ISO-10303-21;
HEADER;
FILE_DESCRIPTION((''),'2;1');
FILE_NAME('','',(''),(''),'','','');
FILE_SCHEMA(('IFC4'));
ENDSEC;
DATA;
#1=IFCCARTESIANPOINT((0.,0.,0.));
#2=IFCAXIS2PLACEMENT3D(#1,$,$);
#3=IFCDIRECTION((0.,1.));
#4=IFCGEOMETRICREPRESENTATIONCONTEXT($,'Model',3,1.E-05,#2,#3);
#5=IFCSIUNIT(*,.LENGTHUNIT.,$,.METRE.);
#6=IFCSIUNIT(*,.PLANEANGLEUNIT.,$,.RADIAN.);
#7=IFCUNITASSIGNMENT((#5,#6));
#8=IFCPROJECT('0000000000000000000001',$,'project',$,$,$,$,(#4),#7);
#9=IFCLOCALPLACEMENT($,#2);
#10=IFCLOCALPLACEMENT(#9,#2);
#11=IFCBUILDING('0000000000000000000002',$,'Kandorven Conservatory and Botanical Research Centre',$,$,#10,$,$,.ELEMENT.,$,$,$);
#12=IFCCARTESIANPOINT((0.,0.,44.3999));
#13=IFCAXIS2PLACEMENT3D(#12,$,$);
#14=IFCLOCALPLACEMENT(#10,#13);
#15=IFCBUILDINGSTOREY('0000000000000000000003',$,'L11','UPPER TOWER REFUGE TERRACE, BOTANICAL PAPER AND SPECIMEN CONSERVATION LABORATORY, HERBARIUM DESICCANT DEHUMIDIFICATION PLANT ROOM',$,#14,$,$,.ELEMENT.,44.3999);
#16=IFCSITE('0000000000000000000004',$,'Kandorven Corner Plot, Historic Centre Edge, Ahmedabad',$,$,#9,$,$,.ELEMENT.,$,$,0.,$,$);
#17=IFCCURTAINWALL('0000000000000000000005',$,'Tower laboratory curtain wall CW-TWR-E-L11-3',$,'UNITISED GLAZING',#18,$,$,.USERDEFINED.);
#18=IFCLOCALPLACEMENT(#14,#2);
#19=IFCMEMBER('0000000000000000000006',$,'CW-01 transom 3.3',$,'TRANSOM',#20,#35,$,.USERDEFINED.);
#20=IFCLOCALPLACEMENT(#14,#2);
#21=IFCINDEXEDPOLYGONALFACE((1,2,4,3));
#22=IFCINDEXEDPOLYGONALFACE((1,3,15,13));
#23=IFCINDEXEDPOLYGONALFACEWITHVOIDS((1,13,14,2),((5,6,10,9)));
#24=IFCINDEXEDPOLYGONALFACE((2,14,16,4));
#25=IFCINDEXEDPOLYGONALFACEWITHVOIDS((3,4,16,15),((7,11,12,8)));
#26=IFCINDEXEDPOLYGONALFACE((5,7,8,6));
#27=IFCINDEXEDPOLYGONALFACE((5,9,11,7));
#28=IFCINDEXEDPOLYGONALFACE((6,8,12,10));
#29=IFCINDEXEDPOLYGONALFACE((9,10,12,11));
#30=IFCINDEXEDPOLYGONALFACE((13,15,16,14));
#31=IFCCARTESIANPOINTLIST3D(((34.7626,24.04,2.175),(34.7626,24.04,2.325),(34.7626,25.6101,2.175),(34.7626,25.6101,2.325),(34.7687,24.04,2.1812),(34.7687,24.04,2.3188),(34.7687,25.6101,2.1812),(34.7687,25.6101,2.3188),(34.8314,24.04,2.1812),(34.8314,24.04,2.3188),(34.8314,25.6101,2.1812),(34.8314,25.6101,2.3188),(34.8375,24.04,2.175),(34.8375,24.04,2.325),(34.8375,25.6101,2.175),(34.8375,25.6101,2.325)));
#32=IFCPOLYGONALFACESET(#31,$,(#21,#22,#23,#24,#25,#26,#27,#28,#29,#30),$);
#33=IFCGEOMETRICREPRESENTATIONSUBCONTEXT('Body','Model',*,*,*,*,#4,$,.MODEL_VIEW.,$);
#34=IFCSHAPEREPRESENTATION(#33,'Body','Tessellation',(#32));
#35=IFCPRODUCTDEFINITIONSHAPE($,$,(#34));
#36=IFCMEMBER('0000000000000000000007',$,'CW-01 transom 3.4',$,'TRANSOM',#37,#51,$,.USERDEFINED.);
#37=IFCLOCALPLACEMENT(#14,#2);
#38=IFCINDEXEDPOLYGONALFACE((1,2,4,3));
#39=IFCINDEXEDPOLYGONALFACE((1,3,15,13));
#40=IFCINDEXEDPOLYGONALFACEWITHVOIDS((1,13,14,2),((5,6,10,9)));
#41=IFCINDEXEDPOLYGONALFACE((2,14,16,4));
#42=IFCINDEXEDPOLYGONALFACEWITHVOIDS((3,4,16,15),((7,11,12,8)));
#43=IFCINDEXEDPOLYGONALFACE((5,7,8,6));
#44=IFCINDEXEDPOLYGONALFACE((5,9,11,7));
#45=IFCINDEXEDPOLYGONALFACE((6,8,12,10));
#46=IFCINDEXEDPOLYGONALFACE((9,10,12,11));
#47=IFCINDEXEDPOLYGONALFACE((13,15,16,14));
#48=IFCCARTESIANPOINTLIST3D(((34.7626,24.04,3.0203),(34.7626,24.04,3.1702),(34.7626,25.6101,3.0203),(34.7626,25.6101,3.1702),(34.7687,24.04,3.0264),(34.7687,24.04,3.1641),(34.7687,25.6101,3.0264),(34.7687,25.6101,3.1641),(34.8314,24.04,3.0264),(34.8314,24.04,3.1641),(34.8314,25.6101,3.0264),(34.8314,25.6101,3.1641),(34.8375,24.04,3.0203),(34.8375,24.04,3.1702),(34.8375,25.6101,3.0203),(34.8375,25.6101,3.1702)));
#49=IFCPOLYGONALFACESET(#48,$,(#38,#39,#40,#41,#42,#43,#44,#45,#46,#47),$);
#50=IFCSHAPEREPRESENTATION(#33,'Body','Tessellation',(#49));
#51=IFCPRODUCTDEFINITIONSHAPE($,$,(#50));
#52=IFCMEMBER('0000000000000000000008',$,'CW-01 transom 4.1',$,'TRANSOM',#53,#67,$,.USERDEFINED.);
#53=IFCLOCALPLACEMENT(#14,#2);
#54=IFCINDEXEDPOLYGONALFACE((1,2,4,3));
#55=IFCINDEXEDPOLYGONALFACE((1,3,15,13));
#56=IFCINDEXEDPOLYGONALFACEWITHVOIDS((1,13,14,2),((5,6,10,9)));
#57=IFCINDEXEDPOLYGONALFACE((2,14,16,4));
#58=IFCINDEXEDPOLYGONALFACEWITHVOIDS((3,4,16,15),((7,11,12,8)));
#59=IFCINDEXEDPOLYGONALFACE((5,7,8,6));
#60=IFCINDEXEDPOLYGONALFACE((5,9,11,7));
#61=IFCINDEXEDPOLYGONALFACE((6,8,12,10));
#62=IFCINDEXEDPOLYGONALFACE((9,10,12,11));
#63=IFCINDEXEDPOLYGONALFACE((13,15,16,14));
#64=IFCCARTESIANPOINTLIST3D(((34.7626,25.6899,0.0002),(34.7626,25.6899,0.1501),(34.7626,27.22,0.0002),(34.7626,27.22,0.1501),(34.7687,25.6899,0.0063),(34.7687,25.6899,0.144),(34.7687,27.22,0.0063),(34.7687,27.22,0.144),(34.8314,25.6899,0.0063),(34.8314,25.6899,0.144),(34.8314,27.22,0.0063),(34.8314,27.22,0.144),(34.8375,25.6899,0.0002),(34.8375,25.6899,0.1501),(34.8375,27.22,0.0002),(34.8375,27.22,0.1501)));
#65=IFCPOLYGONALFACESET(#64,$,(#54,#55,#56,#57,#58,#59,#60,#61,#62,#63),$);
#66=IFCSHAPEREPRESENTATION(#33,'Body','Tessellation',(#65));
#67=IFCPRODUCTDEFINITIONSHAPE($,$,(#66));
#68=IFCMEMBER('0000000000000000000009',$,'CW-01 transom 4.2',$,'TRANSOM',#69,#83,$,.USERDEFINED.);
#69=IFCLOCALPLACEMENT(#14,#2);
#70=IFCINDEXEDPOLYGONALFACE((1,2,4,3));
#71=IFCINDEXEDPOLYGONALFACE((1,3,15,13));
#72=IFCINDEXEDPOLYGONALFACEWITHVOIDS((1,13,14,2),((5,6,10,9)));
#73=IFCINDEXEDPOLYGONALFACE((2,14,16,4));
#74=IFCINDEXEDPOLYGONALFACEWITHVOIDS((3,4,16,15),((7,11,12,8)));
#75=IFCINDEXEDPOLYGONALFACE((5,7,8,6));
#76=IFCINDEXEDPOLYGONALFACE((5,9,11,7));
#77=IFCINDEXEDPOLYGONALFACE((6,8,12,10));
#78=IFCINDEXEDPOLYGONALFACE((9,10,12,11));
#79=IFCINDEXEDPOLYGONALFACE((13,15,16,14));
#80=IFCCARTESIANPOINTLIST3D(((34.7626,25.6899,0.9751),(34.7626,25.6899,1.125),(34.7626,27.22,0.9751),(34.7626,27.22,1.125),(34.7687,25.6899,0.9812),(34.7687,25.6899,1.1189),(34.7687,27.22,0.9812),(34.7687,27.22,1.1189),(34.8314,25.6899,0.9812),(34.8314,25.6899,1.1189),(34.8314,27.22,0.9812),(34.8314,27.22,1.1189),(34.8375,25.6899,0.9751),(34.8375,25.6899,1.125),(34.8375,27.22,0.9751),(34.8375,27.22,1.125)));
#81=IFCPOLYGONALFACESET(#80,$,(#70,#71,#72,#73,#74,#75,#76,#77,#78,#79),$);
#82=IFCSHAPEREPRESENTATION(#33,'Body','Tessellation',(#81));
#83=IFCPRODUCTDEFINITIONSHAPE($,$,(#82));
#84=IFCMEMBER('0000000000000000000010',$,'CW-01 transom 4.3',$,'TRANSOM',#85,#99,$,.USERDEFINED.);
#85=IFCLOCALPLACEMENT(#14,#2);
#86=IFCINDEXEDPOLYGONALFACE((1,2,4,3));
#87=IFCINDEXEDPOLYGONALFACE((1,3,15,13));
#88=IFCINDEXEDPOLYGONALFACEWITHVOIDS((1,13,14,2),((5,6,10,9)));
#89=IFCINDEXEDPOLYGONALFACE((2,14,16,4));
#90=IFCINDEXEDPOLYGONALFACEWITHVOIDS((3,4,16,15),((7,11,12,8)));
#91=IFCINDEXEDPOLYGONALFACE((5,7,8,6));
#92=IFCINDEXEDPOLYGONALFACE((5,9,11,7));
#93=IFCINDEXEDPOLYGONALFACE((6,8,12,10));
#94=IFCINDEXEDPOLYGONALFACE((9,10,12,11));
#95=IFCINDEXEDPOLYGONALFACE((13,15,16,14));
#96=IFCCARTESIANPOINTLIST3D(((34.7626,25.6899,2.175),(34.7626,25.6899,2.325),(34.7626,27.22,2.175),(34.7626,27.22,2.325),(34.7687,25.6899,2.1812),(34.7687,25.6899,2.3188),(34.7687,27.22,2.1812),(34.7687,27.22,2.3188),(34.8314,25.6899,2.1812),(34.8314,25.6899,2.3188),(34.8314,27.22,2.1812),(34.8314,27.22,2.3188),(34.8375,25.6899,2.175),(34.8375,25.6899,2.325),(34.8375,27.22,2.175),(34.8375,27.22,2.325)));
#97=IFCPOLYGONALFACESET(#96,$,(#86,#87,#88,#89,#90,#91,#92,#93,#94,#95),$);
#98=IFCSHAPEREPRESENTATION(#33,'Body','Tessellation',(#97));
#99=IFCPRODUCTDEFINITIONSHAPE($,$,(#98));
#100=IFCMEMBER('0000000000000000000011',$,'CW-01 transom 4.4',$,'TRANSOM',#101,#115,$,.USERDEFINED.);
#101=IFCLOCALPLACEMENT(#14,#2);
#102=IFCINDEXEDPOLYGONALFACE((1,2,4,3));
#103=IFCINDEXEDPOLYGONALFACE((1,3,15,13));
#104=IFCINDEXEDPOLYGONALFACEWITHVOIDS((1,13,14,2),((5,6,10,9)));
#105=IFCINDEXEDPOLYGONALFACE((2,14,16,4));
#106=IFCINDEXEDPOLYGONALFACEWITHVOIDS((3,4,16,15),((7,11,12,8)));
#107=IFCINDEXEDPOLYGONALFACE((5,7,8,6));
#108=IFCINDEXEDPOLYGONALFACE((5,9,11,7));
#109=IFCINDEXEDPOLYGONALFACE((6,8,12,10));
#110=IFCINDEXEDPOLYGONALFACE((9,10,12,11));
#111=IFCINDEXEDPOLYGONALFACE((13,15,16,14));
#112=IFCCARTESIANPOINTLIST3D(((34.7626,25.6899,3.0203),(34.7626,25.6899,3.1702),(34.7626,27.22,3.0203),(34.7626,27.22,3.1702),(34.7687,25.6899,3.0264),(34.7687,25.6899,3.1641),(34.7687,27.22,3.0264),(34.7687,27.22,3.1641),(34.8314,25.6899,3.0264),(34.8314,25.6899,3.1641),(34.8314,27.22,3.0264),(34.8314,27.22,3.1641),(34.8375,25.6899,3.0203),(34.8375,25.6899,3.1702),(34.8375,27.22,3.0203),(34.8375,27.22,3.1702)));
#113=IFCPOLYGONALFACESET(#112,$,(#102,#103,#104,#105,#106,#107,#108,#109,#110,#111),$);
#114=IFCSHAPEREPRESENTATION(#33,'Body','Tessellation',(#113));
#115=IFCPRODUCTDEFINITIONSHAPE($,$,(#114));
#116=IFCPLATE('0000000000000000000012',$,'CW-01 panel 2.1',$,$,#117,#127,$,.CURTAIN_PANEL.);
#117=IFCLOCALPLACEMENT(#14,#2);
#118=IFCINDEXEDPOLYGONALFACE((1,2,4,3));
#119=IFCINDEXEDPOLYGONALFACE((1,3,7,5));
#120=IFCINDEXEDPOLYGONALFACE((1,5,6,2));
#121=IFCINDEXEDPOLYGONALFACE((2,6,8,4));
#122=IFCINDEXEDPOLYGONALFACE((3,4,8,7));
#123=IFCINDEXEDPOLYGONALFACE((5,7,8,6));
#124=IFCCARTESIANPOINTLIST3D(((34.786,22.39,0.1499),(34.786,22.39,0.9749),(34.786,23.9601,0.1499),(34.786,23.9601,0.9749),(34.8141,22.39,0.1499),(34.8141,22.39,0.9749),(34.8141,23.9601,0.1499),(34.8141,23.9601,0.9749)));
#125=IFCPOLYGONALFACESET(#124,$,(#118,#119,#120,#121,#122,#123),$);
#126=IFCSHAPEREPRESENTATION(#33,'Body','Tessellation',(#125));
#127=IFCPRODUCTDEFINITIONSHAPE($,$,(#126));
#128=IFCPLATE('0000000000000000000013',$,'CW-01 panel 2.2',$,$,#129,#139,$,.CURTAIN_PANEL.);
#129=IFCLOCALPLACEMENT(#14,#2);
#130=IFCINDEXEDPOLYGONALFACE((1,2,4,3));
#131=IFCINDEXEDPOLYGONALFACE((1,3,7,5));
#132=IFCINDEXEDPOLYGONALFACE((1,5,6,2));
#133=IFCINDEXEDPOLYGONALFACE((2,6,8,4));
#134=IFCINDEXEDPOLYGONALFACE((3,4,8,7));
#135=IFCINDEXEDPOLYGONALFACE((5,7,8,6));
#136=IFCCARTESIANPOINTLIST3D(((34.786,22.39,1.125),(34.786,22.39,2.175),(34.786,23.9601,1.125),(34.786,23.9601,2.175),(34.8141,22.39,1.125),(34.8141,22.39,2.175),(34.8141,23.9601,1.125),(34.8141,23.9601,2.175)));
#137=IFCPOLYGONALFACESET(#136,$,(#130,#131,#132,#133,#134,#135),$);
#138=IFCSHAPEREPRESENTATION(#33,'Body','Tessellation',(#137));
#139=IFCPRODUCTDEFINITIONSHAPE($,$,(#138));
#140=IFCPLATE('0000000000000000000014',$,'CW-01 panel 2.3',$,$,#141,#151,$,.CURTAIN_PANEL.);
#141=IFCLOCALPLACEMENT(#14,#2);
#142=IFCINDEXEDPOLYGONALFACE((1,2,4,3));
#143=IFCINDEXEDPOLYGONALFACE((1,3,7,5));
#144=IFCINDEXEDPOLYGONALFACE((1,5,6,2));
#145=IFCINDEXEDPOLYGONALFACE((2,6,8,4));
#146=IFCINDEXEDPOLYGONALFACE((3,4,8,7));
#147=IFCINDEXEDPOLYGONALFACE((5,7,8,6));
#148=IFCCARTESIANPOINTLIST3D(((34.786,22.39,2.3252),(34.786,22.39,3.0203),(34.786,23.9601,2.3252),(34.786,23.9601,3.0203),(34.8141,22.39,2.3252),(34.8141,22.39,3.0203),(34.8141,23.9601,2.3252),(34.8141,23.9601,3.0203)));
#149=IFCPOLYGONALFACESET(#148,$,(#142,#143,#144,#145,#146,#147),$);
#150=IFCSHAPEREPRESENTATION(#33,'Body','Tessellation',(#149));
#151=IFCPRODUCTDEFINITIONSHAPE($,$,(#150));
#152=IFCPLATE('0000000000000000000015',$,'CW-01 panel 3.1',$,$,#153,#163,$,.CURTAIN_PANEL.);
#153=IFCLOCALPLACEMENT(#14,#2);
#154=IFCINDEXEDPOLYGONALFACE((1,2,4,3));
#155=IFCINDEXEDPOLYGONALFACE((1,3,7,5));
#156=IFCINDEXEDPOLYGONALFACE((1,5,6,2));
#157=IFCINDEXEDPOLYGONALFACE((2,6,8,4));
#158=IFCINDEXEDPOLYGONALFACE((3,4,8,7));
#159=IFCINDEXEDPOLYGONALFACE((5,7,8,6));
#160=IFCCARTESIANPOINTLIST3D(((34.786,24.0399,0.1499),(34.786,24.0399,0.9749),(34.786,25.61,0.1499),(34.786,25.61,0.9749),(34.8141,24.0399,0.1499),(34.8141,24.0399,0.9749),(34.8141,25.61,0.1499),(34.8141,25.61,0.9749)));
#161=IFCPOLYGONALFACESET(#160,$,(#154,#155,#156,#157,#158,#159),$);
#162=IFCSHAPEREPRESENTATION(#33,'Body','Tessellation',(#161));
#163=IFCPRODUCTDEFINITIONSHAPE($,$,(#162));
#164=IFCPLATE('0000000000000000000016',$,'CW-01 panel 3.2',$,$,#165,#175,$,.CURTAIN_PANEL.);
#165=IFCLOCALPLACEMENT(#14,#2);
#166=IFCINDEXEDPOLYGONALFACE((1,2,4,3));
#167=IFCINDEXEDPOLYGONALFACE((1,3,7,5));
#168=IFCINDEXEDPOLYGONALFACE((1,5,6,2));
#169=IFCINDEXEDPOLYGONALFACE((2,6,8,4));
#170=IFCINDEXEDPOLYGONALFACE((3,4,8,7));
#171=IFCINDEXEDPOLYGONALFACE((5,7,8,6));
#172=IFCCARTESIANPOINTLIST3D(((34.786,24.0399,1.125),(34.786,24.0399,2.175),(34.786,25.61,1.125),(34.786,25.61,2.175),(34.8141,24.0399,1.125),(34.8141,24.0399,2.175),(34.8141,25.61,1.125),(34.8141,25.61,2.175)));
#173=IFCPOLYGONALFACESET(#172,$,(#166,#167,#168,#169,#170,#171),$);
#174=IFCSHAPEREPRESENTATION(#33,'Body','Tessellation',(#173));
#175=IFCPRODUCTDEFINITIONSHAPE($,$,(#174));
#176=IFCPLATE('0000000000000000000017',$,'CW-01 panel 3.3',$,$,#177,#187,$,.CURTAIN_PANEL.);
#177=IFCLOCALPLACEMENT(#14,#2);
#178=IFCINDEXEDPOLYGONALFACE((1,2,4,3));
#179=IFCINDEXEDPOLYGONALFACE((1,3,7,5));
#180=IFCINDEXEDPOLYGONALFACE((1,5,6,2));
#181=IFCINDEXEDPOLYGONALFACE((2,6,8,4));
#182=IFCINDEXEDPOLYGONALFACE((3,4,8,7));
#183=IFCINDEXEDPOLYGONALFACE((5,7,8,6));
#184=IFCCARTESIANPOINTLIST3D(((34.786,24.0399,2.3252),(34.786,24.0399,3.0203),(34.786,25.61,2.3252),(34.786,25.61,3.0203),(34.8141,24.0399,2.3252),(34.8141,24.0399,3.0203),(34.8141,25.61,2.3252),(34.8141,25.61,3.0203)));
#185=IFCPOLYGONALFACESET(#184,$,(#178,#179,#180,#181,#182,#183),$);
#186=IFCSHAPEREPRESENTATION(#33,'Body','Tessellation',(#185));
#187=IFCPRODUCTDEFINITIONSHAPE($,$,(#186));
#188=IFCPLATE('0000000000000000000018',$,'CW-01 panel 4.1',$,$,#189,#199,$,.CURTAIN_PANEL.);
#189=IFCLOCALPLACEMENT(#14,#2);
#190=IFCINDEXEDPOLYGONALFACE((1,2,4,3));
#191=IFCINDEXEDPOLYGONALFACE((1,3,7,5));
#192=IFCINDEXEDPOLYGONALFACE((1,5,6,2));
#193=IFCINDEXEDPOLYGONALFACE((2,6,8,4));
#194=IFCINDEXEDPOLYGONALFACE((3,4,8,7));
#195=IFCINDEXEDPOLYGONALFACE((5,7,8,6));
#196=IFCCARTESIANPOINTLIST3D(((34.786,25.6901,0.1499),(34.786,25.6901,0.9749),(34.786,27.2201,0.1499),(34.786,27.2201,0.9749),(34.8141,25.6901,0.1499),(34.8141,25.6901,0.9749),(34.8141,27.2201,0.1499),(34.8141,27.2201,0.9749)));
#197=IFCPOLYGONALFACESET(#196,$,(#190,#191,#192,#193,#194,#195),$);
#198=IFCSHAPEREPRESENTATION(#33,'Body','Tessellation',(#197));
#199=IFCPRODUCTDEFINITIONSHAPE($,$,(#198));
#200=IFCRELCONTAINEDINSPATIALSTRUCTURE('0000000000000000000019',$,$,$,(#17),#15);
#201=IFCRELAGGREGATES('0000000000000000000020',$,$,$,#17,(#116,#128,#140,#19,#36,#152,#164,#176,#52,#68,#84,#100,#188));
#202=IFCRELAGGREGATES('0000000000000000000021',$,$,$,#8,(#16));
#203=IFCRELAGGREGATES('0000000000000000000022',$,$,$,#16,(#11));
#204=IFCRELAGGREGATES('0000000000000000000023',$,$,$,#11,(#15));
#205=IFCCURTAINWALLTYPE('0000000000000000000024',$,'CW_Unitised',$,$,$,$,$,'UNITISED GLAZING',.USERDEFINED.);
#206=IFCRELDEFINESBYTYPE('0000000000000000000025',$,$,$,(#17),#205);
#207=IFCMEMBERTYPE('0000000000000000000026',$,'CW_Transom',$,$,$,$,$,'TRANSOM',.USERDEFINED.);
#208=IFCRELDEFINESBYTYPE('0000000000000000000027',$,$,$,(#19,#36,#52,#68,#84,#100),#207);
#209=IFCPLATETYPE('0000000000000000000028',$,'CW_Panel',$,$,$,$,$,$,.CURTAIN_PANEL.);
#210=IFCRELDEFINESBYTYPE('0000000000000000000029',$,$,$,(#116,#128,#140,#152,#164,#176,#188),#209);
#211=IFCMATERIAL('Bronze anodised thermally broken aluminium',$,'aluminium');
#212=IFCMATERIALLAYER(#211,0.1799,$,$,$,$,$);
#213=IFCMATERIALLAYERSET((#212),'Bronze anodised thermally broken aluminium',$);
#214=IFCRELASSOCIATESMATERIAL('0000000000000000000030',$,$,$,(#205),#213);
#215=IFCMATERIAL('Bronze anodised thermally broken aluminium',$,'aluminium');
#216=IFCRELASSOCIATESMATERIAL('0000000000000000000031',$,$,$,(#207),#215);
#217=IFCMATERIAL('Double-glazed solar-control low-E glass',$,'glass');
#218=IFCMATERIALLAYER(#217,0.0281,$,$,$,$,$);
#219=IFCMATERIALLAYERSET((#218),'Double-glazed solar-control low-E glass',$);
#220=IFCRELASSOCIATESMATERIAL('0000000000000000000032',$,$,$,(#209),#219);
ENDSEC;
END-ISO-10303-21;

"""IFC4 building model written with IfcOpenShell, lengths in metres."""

from ifc_helpers import new_model, si_unit, direction, frame, origin, origin_2d, place, context, subcontext, project, spatial, rectangle, hollow_rectangle, extrude, material, layer, layer_set, material_profile, profile_set, type_object, element, aggregate, save


model = new_model("IFC4")

# Units and contexts
model_context = context("Model", 3, precision=1e-05, world=origin(), true_north=direction((0.0, 1.0)))
body_context = subcontext(model_context, "Body", "Model", "MODEL_VIEW")
ifc_project = project(units=[si_unit("LENGTHUNIT", "METRE"), si_unit("PLANEANGLEUNIT", "RADIAN")], contexts=[model_context])

# Site, building, storey
site_placement = place(None, origin())
site = spatial("IfcSite", under=ifc_project, at=site_placement, Name="Kandorven Corner Plot, Historic Centre Edge, Ahmedabad", CompositionType="ELEMENT", RefElevation=0.0)
building_placement = place(site_placement, origin())
building = spatial("IfcBuilding", under=site, at=building_placement, Name="Kandorven Conservatory and Botanical Research Centre", CompositionType="ELEMENT")
storey_placement = place(building_placement, frame((0.0, 0.0, 44.3999)))
storey = spatial("IfcBuildingStorey", under=building, at=storey_placement, Name="L11", Description="UPPER TOWER REFUGE TERRACE, BOTANICAL PAPER AND SPECIMEN CONSERVATION LABORATORY, HERBARIUM DESICCANT DEHUMIDIFICATION PLANT ROOM", CompositionType="ELEMENT", Elevation=44.3999)

# Curtain wall, members, plates
ifc_material_1 = material(Name="Bronze anodised thermally broken aluminium", Category="aluminium")
ifc_layer_1 = layer(ifc_material_1, 0.1799)
ifc_layer_set_1 = layer_set([ifc_layer_1], Name="Bronze anodised thermally broken aluminium")
curtain_wall_type = type_object("IfcCurtainWallType", Name="CW_Unitised", ElementType="UNITISED GLAZING", PredefinedType="USERDEFINED", material=ifc_layer_set_1)
curtain_wall_placement = place(storey_placement, origin())
curtain_wall = element("IfcCurtainWall", 1, at=curtain_wall_placement, inside=storey, type_object=curtain_wall_type, Name="Tower laboratory curtain wall CW-TWR-E-L11-3", ObjectType="UNITISED GLAZING", PredefinedType="USERDEFINED")
ifc_material_2 = material(Name="Bronze anodised thermally broken aluminium", Category="aluminium")
ifc_material_profile_1 = material_profile(ifc_material_2, hollow_rectangle(XDim=0.075, YDim=0.1499, WallThickness=0.0061, at=origin_2d()))
ifc_profile_set_1 = profile_set([ifc_material_profile_1], Name="Bronze anodised thermally broken aluminium")
member_type_1 = type_object("IfcMemberType", Name="CW_Transom", ElementType="TRANSOM", PredefinedType="USERDEFINED", material=ifc_profile_set_1)
member_1_placement = place(storey_placement, frame((34.8, 24.04, 2.25), z_axis=(0.0, 1.0, 0.0), x_axis=(-1.0, 0.0, 0.0)))
member_1 = element("IfcMember", 2, at=member_1_placement, type_object=member_type_1, Name="CW-01 transom 3.3", ObjectType="TRANSOM", PredefinedType="USERDEFINED", context=body_context, shape_type="SweptSolid", body=[
    extrude(hollow_rectangle(XDim=0.075, YDim=0.1499, WallThickness=0.0061, at=origin_2d()), origin(), (0.0, 0.0, 1.0), 1.5701),
])
member_2_placement = place(storey_placement, frame((34.8, 24.04, 3.0952), z_axis=(0.0, 1.0, 0.0), x_axis=(-1.0, 0.0, 0.0)))
member_2 = element("IfcMember", 3, at=member_2_placement, type_object=member_type_1, Name="CW-01 transom 3.4", ObjectType="TRANSOM", PredefinedType="USERDEFINED", context=body_context, shape_type="SweptSolid", body=[
    extrude(hollow_rectangle(XDim=0.075, YDim=0.1499, WallThickness=0.0061, at=origin_2d()), origin(), (0.0, 0.0, 1.0), 1.5701),
])
member_3_placement = place(storey_placement, frame((34.8, 25.6899, 0.0752), z_axis=(0.0, 1.0, 0.0), x_axis=(-1.0, 0.0, 0.0)))
member_3 = element("IfcMember", 4, at=member_3_placement, type_object=member_type_1, Name="CW-01 transom 4.1", ObjectType="TRANSOM", PredefinedType="USERDEFINED", context=body_context, shape_type="SweptSolid", body=[
    extrude(hollow_rectangle(XDim=0.075, YDim=0.1499, WallThickness=0.0061, at=origin_2d()), origin(), (0.0, 0.0, 1.0), 1.53),
])
member_4_placement = place(storey_placement, frame((34.8, 25.6899, 1.05), z_axis=(0.0, 1.0, 0.0), x_axis=(-1.0, 0.0, 0.0)))
member_4 = element("IfcMember", 5, at=member_4_placement, type_object=member_type_1, Name="CW-01 transom 4.2", ObjectType="TRANSOM", PredefinedType="USERDEFINED", context=body_context, shape_type="SweptSolid", body=[
    extrude(hollow_rectangle(XDim=0.075, YDim=0.1499, WallThickness=0.0061, at=origin_2d()), origin(), (0.0, 0.0, 1.0), 1.53),
])
member_5_placement = place(storey_placement, frame((34.8, 25.6899, 2.25), z_axis=(0.0, 1.0, 0.0), x_axis=(-1.0, 0.0, 0.0)))
member_5 = element("IfcMember", 6, at=member_5_placement, type_object=member_type_1, Name="CW-01 transom 4.3", ObjectType="TRANSOM", PredefinedType="USERDEFINED", context=body_context, shape_type="SweptSolid", body=[
    extrude(hollow_rectangle(XDim=0.075, YDim=0.1499, WallThickness=0.0061, at=origin_2d()), origin(), (0.0, 0.0, 1.0), 1.53),
])
member_6_placement = place(storey_placement, frame((34.8, 25.6899, 3.0952), z_axis=(0.0, 1.0, 0.0), x_axis=(-1.0, 0.0, 0.0)))
member_6 = element("IfcMember", 7, at=member_6_placement, type_object=member_type_1, Name="CW-01 transom 4.4", ObjectType="TRANSOM", PredefinedType="USERDEFINED", context=body_context, shape_type="SweptSolid", body=[
    extrude(hollow_rectangle(XDim=0.075, YDim=0.1499, WallThickness=0.0061, at=origin_2d()), origin(), (0.0, 0.0, 1.0), 1.53),
])
ifc_material_3 = material(Name="Double-glazed solar-control low-E glass", Category="glass")
ifc_layer_2 = layer(ifc_material_3, 0.0281)
ifc_layer_set_2 = layer_set([ifc_layer_2], Name="Double-glazed solar-control low-E glass")
plate_type_1 = type_object("IfcPlateType", Name="CW_Panel", PredefinedType="CURTAIN_PANEL", material=ifc_layer_set_2)
plate_1_placement = place(storey_placement, frame((34.8, 23.175, 0.1499), z_axis=(0.0, 0.0, 1.0), x_axis=(0.0, 1.0, 0.0)))
plate_1 = element("IfcPlate", 8, at=plate_1_placement, type_object=plate_type_1, Name="CW-01 panel 2.1", PredefinedType="CURTAIN_PANEL", context=body_context, shape_type="SweptSolid", body=[
    extrude(rectangle(XDim=1.5701, YDim=0.0281, at=origin_2d()), origin(), (0.0, 0.0, 1.0), 0.825),
])
plate_2_placement = place(storey_placement, frame((34.8, 23.175, 1.125), z_axis=(0.0, 0.0, 1.0), x_axis=(0.0, 1.0, 0.0)))
plate_2 = element("IfcPlate", 9, at=plate_2_placement, type_object=plate_type_1, Name="CW-01 panel 2.2", PredefinedType="CURTAIN_PANEL", context=body_context, shape_type="SweptSolid", body=[
    extrude(rectangle(XDim=1.5701, YDim=0.0281, at=origin_2d()), origin(), (0.0, 0.0, 1.0), 1.05),
])
plate_3_placement = place(storey_placement, frame((34.8, 23.175, 2.3252), z_axis=(0.0, 0.0, 1.0), x_axis=(0.0, 1.0, 0.0)))
plate_3 = element("IfcPlate", 10, at=plate_3_placement, type_object=plate_type_1, Name="CW-01 panel 2.3", PredefinedType="CURTAIN_PANEL", context=body_context, shape_type="SweptSolid", body=[
    extrude(rectangle(XDim=1.5701, YDim=0.0281, at=origin_2d()), origin(), (0.0, 0.0, 1.0), 0.6951),
])
plate_4_placement = place(storey_placement, frame((34.8, 24.825, 0.1499), z_axis=(0.0, 0.0, 1.0), x_axis=(0.0, 1.0, 0.0)))
plate_4 = element("IfcPlate", 11, at=plate_4_placement, type_object=plate_type_1, Name="CW-01 panel 3.1", PredefinedType="CURTAIN_PANEL", context=body_context, shape_type="SweptSolid", body=[
    extrude(rectangle(XDim=1.5701, YDim=0.0281, at=origin_2d()), origin(), (0.0, 0.0, 1.0), 0.825),
])
plate_5_placement = place(storey_placement, frame((34.8, 24.825, 1.125), z_axis=(0.0, 0.0, 1.0), x_axis=(0.0, 1.0, 0.0)))
plate_5 = element("IfcPlate", 12, at=plate_5_placement, type_object=plate_type_1, Name="CW-01 panel 3.2", PredefinedType="CURTAIN_PANEL", context=body_context, shape_type="SweptSolid", body=[
    extrude(rectangle(XDim=1.5701, YDim=0.0281, at=origin_2d()), origin(), (0.0, 0.0, 1.0), 1.05),
])
plate_6_placement = place(storey_placement, frame((34.8, 24.825, 2.3252), z_axis=(0.0, 0.0, 1.0), x_axis=(0.0, 1.0, 0.0)))
plate_6 = element("IfcPlate", 13, at=plate_6_placement, type_object=plate_type_1, Name="CW-01 panel 3.3", PredefinedType="CURTAIN_PANEL", context=body_context, shape_type="SweptSolid", body=[
    extrude(rectangle(XDim=1.5701, YDim=0.0281, at=origin_2d()), origin(), (0.0, 0.0, 1.0), 0.6951),
])
plate_7_placement = place(storey_placement, frame((34.8, 26.4551, 0.1499), z_axis=(0.0, 0.0, 1.0), x_axis=(0.0, 1.0, 0.0)))
plate_7 = element("IfcPlate", 14, at=plate_7_placement, type_object=plate_type_1, Name="CW-01 panel 4.1", PredefinedType="CURTAIN_PANEL", context=body_context, shape_type="SweptSolid", body=[
    extrude(rectangle(XDim=1.53, YDim=0.0281, at=origin_2d()), origin(), (0.0, 0.0, 1.0), 0.825),
])
aggregate(curtain_wall, [plate_1, plate_2, plate_3, member_1, member_2, plate_4, plate_5, plate_6, member_3, member_4, member_5, member_6, plate_7])

save(model, "model.ifc")
